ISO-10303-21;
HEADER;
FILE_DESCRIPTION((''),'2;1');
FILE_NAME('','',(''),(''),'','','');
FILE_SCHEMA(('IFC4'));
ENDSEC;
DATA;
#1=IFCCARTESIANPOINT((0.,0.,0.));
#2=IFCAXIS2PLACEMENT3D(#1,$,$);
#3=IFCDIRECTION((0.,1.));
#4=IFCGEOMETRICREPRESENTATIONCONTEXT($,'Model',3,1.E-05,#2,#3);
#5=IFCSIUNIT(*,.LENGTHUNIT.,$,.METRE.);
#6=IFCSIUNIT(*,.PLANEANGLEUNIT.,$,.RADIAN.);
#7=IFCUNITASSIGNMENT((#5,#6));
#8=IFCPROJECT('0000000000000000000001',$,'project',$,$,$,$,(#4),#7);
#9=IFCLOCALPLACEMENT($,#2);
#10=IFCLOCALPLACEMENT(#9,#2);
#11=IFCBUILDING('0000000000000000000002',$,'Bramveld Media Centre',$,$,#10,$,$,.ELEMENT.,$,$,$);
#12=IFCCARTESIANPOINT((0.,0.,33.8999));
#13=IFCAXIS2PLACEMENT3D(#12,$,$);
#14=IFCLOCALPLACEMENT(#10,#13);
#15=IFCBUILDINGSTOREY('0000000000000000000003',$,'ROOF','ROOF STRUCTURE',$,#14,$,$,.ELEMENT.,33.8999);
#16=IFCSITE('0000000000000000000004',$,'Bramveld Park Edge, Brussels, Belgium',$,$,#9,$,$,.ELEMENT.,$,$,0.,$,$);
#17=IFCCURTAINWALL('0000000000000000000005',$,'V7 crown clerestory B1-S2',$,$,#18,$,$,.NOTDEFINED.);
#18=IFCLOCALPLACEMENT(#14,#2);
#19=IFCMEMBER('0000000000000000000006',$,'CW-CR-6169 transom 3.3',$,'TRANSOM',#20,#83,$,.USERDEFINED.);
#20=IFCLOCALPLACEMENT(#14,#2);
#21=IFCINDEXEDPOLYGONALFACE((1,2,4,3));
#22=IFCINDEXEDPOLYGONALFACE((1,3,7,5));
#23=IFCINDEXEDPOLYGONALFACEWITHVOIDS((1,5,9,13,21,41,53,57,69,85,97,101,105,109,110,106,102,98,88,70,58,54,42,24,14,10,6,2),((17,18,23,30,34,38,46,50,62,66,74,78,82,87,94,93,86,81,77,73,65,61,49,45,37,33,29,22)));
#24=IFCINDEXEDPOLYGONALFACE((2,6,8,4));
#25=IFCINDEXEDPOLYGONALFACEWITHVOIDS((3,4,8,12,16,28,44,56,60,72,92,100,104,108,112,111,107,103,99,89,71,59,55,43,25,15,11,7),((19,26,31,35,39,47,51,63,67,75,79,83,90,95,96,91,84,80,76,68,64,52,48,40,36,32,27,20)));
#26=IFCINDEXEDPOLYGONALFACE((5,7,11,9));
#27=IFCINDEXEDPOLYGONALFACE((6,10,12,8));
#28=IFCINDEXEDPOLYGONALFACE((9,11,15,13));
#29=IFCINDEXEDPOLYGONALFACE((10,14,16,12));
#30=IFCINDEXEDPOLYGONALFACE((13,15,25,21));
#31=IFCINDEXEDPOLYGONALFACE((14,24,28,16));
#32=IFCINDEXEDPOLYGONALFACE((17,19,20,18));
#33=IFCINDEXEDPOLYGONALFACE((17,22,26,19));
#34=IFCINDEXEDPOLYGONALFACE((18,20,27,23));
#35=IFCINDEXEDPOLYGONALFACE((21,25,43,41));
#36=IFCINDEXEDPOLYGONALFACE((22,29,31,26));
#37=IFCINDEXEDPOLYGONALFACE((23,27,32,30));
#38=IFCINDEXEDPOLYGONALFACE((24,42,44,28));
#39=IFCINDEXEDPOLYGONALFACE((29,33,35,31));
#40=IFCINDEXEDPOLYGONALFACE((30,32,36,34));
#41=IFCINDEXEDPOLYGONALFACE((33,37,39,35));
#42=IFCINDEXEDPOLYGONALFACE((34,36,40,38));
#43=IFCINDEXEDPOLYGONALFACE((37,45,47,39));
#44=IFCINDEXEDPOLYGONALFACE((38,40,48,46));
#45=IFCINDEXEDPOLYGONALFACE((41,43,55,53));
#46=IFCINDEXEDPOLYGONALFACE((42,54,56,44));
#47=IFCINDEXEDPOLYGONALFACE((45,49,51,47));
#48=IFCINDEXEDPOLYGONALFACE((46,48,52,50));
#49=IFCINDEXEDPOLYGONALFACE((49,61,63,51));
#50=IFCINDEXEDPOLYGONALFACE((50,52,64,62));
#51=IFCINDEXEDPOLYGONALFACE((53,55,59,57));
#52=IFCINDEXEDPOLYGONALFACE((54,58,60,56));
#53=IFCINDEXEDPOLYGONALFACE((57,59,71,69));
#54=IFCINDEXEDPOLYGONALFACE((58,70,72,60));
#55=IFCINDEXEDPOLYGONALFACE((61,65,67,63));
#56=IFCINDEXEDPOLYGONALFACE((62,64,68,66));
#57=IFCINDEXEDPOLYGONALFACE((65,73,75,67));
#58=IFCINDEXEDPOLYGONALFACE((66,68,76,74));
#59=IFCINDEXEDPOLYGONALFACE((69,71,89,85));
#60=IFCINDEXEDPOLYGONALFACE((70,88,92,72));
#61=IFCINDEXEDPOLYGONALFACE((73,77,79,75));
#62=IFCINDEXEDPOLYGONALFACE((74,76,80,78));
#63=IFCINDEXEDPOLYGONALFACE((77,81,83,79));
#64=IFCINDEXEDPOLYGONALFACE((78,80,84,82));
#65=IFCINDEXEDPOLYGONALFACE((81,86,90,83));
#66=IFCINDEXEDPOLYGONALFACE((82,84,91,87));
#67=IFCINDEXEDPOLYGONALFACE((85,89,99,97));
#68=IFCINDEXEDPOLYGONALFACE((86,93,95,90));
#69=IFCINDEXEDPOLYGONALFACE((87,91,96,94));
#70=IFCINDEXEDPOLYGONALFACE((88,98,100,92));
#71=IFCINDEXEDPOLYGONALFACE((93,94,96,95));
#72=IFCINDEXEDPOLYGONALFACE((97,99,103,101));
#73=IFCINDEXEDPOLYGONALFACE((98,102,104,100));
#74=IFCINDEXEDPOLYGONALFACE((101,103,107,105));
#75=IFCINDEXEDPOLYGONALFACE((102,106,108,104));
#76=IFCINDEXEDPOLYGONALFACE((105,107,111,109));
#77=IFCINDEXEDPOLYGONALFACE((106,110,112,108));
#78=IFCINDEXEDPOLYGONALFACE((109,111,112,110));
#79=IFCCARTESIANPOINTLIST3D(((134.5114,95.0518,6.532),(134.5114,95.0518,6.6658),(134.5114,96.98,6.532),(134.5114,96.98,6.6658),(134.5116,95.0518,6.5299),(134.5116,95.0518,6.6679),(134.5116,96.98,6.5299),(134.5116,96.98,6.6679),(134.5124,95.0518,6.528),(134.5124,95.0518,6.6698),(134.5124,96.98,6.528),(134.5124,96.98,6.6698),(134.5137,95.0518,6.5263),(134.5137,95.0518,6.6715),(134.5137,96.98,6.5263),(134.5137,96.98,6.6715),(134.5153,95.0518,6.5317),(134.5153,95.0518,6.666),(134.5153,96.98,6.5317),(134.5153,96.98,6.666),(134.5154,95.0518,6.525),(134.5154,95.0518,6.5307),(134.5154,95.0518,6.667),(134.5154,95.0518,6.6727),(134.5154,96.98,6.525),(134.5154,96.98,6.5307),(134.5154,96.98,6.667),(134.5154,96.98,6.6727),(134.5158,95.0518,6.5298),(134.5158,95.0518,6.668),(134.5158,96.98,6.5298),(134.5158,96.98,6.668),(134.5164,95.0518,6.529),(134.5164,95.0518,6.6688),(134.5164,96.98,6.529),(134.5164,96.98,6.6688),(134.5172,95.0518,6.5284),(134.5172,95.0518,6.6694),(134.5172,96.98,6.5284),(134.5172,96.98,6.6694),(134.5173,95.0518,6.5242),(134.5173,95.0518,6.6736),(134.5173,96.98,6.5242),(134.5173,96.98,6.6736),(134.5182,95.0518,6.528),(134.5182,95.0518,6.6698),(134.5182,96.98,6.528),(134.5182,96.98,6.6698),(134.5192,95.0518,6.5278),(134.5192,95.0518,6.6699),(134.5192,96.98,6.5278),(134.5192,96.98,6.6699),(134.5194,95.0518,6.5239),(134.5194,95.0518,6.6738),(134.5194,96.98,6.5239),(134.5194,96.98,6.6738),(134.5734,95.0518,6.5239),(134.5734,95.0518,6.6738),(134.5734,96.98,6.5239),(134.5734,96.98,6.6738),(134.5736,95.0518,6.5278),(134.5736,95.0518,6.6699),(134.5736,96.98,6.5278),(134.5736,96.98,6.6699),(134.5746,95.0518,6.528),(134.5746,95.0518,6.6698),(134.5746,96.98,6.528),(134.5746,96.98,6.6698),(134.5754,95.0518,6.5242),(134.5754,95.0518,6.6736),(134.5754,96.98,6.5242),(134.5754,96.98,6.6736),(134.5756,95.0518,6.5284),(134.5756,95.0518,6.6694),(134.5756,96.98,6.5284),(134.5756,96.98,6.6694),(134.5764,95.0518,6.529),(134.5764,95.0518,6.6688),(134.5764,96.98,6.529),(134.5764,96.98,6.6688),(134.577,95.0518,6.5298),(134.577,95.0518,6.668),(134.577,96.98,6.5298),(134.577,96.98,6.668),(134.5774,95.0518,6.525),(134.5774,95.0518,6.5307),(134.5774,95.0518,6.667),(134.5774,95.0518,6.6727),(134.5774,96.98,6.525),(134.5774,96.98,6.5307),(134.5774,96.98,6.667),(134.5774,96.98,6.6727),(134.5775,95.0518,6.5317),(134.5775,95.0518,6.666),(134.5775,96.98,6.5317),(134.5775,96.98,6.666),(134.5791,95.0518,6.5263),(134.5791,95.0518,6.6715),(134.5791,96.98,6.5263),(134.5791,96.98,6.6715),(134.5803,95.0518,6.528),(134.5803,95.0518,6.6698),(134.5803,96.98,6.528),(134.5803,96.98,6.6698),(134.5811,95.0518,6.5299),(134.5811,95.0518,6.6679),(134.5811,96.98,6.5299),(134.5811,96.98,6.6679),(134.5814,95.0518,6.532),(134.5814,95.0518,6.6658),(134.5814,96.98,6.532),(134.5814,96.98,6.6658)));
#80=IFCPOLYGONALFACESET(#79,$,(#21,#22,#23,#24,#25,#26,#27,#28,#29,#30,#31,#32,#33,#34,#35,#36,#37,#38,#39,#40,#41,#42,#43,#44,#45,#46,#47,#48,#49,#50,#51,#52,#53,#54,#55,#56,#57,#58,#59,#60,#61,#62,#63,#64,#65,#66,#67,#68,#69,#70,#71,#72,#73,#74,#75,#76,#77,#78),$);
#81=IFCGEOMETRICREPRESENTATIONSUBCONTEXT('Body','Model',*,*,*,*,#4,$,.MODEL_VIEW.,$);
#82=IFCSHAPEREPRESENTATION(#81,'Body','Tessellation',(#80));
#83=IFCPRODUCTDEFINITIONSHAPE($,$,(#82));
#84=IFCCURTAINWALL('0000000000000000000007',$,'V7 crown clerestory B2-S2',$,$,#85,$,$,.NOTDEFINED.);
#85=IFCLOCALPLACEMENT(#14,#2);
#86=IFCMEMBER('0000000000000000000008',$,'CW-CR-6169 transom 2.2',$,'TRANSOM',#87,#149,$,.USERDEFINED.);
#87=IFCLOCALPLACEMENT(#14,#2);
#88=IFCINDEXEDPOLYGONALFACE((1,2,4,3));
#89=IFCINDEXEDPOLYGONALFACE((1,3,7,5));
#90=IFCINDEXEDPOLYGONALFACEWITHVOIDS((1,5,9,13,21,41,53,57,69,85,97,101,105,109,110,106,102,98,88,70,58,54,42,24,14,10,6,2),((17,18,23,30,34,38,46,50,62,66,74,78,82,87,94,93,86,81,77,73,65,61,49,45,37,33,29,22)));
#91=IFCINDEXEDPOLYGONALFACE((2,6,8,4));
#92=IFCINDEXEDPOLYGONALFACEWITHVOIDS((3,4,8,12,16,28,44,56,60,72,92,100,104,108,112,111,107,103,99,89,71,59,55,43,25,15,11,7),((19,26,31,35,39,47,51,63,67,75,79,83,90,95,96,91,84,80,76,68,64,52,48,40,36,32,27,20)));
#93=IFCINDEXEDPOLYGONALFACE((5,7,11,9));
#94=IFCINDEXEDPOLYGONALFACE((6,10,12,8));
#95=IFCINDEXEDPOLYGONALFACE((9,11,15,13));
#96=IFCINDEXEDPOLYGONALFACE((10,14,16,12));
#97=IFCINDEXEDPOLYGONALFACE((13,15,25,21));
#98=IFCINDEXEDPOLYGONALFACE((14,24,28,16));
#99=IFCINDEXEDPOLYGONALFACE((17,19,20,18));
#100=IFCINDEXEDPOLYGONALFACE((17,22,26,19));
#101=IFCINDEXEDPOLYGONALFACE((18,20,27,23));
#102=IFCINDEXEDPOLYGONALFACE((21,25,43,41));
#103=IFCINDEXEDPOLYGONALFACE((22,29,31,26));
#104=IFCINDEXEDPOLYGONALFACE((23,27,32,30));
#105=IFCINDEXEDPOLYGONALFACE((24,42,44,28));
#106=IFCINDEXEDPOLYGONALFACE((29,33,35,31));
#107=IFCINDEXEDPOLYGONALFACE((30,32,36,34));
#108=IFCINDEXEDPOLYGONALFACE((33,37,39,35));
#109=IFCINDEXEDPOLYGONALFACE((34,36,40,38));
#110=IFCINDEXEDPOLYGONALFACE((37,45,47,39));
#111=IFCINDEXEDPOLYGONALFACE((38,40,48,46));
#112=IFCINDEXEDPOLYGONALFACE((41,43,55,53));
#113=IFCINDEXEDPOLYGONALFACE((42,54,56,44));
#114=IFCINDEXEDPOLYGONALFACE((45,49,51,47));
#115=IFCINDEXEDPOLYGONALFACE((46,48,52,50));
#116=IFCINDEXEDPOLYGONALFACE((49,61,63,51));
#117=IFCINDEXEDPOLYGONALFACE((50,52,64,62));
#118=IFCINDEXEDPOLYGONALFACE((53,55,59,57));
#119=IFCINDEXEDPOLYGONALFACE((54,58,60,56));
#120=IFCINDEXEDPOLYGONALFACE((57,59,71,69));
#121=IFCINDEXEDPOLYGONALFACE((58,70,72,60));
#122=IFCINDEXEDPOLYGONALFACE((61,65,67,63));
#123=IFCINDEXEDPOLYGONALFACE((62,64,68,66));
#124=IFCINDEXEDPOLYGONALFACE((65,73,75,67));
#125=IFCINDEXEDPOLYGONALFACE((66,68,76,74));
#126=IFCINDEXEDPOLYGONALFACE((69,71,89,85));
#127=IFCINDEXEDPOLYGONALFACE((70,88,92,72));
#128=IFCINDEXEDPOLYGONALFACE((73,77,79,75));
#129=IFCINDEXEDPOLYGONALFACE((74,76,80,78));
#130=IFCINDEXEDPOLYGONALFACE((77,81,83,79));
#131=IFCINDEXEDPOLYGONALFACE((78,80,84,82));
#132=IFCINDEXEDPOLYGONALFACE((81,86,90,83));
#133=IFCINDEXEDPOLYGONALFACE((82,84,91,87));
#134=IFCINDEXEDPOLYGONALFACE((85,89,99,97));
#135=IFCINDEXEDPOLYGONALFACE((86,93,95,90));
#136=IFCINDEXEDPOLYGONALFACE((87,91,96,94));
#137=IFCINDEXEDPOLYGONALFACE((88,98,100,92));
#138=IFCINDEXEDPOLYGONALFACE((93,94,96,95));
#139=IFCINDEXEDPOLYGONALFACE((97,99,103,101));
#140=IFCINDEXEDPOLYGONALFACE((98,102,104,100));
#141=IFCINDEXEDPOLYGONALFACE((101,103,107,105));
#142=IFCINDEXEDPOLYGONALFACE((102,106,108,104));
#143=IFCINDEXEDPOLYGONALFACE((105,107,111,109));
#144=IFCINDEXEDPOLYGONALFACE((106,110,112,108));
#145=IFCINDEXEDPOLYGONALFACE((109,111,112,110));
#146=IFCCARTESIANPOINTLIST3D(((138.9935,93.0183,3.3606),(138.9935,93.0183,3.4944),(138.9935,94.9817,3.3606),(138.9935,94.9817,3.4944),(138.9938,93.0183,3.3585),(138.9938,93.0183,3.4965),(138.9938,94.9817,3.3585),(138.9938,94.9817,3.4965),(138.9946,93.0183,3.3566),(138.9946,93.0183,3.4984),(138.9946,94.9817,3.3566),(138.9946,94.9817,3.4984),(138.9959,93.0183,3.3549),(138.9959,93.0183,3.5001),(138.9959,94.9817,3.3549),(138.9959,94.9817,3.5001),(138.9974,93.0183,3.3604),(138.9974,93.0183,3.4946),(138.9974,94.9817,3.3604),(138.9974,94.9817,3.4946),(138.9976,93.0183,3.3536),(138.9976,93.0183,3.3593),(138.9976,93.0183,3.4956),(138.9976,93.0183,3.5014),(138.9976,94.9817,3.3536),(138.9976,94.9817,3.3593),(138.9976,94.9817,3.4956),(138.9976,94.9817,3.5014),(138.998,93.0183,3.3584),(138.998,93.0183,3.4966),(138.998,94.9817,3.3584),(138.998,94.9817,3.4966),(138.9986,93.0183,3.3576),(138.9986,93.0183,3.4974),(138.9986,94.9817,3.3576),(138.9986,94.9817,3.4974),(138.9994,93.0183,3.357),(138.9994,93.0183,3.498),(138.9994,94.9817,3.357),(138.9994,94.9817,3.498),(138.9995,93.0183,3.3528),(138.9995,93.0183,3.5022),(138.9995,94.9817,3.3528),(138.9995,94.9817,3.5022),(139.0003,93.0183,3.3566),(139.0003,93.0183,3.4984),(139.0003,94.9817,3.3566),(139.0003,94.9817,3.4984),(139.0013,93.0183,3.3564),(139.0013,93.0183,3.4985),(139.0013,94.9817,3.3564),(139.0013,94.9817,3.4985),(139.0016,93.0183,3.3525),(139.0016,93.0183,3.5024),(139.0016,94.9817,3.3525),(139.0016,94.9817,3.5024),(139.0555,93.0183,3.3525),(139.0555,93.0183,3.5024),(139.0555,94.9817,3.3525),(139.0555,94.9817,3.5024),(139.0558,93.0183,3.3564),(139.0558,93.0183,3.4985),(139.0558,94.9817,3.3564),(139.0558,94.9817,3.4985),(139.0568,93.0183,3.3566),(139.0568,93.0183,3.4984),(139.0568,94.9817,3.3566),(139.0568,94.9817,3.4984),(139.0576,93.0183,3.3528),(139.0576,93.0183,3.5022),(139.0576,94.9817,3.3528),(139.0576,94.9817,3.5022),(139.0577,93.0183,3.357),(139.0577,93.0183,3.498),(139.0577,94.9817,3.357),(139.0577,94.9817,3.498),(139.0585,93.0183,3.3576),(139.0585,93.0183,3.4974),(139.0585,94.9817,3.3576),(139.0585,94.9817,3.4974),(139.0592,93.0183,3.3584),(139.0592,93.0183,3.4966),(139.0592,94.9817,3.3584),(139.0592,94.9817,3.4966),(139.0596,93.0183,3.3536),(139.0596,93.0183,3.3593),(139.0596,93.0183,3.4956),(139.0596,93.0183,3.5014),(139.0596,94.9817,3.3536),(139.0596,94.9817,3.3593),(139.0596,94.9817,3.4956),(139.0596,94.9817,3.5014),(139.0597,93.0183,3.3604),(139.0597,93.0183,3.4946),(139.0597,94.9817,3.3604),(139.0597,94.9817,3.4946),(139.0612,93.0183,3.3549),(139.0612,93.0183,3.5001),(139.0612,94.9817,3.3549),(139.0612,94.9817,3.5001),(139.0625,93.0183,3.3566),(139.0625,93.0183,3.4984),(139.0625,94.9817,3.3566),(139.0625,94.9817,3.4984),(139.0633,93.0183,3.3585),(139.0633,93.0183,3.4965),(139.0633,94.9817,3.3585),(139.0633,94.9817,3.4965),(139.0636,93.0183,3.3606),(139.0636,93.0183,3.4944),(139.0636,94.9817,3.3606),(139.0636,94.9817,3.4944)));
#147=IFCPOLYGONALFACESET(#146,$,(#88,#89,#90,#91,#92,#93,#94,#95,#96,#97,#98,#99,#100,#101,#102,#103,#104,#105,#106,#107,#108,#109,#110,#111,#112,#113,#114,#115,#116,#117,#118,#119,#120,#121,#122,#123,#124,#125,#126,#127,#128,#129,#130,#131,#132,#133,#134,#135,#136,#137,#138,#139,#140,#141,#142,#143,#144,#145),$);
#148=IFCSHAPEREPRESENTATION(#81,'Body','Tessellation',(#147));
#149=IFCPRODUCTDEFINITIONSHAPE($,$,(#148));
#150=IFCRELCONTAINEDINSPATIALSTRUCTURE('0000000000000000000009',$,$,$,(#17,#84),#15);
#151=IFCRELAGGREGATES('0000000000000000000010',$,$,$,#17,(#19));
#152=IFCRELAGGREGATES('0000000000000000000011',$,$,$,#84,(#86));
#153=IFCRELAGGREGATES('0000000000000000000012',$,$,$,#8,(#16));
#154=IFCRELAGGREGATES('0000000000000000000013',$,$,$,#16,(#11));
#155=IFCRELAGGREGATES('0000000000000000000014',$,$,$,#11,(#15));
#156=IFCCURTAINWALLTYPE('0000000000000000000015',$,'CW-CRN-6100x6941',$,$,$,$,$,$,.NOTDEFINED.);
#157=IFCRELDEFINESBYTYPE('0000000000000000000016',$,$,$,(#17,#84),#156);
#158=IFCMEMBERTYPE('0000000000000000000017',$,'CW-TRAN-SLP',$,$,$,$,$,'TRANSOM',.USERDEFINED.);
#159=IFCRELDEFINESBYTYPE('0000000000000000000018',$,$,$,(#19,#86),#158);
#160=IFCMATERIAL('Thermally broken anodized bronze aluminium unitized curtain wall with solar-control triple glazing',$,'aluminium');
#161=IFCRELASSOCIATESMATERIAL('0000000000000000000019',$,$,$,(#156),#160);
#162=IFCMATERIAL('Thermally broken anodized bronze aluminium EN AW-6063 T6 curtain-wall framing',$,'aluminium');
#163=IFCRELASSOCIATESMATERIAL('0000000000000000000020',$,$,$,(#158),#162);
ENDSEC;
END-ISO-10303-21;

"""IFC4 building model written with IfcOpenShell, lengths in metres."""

from ifc_helpers import new_model, si_unit, direction, frame, origin, origin_2d, place, context, subcontext, project, spatial, hollow_rectangle, extrude, material, material_profile, profile_set, type_object, element, aggregate, save


model = new_model("IFC4")

# Units and contexts
model_context = context("Model", 3, precision=1e-05, world=origin(), true_north=direction((0.0, 1.0)))
body_context = subcontext(model_context, "Body", "Model", "MODEL_VIEW")
ifc_project = project(units=[si_unit("LENGTHUNIT", "METRE"), si_unit("PLANEANGLEUNIT", "RADIAN")], contexts=[model_context])

# Site, building, storey
site_placement = place(None, origin())
site = spatial("IfcSite", under=ifc_project, at=site_placement, Name="Bramveld Park Edge, Brussels, Belgium", CompositionType="ELEMENT", RefElevation=0.0)
building_placement = place(site_placement, origin())
building = spatial("IfcBuilding", under=site, at=building_placement, Name="Bramveld Media Centre", CompositionType="ELEMENT")
storey_placement = place(building_placement, frame((0.0, 0.0, 33.8999)))
storey = spatial("IfcBuildingStorey", under=building, at=storey_placement, Name="ROOF", Description="ROOF STRUCTURE", CompositionType="ELEMENT", Elevation=33.8999)

# Curtain walls, members
ifc_material_1 = material(Name="Thermally broken anodized bronze aluminium unitized curtain wall with solar-control triple glazing", Category="aluminium")
curtain_wall_type = type_object("IfcCurtainWallType", Name="CW-CRN-6100x6941", PredefinedType="NOTDEFINED", material=ifc_material_1)
curtain_wall_1_placement = place(storey_placement, origin())
curtain_wall_1 = element("IfcCurtainWall", 1, at=curtain_wall_1_placement, inside=storey, type_object=curtain_wall_type, Name="V7 crown clerestory B1-S2", PredefinedType="NOTDEFINED")
ifc_material_2 = material(Name="Thermally broken anodized bronze aluminium EN AW-6063 T6 curtain-wall framing", Category="aluminium")
ifc_material_profile_1 = material_profile(ifc_material_2, hollow_rectangle(XDim=0.0701, YDim=0.1499, WallThickness=0.0039, InnerFilletRadius=0.0039, OuterFilletRadius=0.0081, at=origin_2d()), Name="AL-TRAN 70x150")
ifc_profile_set_1 = profile_set([ifc_material_profile_1], Name="Thermally broken anodized bronze aluminium EN AW-6063 T6 curtain-wall framing")
member_type_1 = type_object("IfcMemberType", Name="CW-TRAN-SLP", ElementType="TRANSOM", PredefinedType="USERDEFINED", material=ifc_profile_set_1)
member_1_placement = place(storey_placement, frame((134.5464, 95.0518, 6.5989), z_axis=(0.0, 1.0, 0.0), x_axis=(-1.0, 0.0, 0.0)))
member_1 = element("IfcMember", 2, at=member_1_placement, type_object=member_type_1, Name="CW-CR-6169 transom 3.3", ObjectType="TRANSOM", PredefinedType="USERDEFINED", context=body_context, shape_type="SweptSolid", body=[
    extrude(hollow_rectangle(XDim=0.0701, YDim=0.1499, WallThickness=0.0039, InnerFilletRadius=0.0039, OuterFilletRadius=0.0081, at=origin_2d()), origin(), (0.0, 0.0, 1.0), 1.9282),
])
curtain_wall_2_placement = place(storey_placement, origin())
curtain_wall_2 = element("IfcCurtainWall", 3, at=curtain_wall_2_placement, inside=storey, type_object=curtain_wall_type, Name="V7 crown clerestory B2-S2", PredefinedType="NOTDEFINED")
member_2_placement = place(storey_placement, frame((139.0286, 93.0183, 3.4275), z_axis=(0.0, 1.0, 0.0), x_axis=(-1.0, 0.0, 0.0)))
member_2 = element("IfcMember", 4, at=member_2_placement, type_object=member_type_1, Name="CW-CR-6169 transom 2.2", ObjectType="TRANSOM", PredefinedType="USERDEFINED", context=body_context, shape_type="SweptSolid", body=[
    extrude(hollow_rectangle(XDim=0.0701, YDim=0.1499, WallThickness=0.0039, InnerFilletRadius=0.0039, OuterFilletRadius=0.0081, at=origin_2d()), origin(), (0.0, 0.0, 1.0), 1.9634),
])

aggregate(curtain_wall_1, [member_1])
aggregate(curtain_wall_2, [member_2])

save(model, "model.ifc")
